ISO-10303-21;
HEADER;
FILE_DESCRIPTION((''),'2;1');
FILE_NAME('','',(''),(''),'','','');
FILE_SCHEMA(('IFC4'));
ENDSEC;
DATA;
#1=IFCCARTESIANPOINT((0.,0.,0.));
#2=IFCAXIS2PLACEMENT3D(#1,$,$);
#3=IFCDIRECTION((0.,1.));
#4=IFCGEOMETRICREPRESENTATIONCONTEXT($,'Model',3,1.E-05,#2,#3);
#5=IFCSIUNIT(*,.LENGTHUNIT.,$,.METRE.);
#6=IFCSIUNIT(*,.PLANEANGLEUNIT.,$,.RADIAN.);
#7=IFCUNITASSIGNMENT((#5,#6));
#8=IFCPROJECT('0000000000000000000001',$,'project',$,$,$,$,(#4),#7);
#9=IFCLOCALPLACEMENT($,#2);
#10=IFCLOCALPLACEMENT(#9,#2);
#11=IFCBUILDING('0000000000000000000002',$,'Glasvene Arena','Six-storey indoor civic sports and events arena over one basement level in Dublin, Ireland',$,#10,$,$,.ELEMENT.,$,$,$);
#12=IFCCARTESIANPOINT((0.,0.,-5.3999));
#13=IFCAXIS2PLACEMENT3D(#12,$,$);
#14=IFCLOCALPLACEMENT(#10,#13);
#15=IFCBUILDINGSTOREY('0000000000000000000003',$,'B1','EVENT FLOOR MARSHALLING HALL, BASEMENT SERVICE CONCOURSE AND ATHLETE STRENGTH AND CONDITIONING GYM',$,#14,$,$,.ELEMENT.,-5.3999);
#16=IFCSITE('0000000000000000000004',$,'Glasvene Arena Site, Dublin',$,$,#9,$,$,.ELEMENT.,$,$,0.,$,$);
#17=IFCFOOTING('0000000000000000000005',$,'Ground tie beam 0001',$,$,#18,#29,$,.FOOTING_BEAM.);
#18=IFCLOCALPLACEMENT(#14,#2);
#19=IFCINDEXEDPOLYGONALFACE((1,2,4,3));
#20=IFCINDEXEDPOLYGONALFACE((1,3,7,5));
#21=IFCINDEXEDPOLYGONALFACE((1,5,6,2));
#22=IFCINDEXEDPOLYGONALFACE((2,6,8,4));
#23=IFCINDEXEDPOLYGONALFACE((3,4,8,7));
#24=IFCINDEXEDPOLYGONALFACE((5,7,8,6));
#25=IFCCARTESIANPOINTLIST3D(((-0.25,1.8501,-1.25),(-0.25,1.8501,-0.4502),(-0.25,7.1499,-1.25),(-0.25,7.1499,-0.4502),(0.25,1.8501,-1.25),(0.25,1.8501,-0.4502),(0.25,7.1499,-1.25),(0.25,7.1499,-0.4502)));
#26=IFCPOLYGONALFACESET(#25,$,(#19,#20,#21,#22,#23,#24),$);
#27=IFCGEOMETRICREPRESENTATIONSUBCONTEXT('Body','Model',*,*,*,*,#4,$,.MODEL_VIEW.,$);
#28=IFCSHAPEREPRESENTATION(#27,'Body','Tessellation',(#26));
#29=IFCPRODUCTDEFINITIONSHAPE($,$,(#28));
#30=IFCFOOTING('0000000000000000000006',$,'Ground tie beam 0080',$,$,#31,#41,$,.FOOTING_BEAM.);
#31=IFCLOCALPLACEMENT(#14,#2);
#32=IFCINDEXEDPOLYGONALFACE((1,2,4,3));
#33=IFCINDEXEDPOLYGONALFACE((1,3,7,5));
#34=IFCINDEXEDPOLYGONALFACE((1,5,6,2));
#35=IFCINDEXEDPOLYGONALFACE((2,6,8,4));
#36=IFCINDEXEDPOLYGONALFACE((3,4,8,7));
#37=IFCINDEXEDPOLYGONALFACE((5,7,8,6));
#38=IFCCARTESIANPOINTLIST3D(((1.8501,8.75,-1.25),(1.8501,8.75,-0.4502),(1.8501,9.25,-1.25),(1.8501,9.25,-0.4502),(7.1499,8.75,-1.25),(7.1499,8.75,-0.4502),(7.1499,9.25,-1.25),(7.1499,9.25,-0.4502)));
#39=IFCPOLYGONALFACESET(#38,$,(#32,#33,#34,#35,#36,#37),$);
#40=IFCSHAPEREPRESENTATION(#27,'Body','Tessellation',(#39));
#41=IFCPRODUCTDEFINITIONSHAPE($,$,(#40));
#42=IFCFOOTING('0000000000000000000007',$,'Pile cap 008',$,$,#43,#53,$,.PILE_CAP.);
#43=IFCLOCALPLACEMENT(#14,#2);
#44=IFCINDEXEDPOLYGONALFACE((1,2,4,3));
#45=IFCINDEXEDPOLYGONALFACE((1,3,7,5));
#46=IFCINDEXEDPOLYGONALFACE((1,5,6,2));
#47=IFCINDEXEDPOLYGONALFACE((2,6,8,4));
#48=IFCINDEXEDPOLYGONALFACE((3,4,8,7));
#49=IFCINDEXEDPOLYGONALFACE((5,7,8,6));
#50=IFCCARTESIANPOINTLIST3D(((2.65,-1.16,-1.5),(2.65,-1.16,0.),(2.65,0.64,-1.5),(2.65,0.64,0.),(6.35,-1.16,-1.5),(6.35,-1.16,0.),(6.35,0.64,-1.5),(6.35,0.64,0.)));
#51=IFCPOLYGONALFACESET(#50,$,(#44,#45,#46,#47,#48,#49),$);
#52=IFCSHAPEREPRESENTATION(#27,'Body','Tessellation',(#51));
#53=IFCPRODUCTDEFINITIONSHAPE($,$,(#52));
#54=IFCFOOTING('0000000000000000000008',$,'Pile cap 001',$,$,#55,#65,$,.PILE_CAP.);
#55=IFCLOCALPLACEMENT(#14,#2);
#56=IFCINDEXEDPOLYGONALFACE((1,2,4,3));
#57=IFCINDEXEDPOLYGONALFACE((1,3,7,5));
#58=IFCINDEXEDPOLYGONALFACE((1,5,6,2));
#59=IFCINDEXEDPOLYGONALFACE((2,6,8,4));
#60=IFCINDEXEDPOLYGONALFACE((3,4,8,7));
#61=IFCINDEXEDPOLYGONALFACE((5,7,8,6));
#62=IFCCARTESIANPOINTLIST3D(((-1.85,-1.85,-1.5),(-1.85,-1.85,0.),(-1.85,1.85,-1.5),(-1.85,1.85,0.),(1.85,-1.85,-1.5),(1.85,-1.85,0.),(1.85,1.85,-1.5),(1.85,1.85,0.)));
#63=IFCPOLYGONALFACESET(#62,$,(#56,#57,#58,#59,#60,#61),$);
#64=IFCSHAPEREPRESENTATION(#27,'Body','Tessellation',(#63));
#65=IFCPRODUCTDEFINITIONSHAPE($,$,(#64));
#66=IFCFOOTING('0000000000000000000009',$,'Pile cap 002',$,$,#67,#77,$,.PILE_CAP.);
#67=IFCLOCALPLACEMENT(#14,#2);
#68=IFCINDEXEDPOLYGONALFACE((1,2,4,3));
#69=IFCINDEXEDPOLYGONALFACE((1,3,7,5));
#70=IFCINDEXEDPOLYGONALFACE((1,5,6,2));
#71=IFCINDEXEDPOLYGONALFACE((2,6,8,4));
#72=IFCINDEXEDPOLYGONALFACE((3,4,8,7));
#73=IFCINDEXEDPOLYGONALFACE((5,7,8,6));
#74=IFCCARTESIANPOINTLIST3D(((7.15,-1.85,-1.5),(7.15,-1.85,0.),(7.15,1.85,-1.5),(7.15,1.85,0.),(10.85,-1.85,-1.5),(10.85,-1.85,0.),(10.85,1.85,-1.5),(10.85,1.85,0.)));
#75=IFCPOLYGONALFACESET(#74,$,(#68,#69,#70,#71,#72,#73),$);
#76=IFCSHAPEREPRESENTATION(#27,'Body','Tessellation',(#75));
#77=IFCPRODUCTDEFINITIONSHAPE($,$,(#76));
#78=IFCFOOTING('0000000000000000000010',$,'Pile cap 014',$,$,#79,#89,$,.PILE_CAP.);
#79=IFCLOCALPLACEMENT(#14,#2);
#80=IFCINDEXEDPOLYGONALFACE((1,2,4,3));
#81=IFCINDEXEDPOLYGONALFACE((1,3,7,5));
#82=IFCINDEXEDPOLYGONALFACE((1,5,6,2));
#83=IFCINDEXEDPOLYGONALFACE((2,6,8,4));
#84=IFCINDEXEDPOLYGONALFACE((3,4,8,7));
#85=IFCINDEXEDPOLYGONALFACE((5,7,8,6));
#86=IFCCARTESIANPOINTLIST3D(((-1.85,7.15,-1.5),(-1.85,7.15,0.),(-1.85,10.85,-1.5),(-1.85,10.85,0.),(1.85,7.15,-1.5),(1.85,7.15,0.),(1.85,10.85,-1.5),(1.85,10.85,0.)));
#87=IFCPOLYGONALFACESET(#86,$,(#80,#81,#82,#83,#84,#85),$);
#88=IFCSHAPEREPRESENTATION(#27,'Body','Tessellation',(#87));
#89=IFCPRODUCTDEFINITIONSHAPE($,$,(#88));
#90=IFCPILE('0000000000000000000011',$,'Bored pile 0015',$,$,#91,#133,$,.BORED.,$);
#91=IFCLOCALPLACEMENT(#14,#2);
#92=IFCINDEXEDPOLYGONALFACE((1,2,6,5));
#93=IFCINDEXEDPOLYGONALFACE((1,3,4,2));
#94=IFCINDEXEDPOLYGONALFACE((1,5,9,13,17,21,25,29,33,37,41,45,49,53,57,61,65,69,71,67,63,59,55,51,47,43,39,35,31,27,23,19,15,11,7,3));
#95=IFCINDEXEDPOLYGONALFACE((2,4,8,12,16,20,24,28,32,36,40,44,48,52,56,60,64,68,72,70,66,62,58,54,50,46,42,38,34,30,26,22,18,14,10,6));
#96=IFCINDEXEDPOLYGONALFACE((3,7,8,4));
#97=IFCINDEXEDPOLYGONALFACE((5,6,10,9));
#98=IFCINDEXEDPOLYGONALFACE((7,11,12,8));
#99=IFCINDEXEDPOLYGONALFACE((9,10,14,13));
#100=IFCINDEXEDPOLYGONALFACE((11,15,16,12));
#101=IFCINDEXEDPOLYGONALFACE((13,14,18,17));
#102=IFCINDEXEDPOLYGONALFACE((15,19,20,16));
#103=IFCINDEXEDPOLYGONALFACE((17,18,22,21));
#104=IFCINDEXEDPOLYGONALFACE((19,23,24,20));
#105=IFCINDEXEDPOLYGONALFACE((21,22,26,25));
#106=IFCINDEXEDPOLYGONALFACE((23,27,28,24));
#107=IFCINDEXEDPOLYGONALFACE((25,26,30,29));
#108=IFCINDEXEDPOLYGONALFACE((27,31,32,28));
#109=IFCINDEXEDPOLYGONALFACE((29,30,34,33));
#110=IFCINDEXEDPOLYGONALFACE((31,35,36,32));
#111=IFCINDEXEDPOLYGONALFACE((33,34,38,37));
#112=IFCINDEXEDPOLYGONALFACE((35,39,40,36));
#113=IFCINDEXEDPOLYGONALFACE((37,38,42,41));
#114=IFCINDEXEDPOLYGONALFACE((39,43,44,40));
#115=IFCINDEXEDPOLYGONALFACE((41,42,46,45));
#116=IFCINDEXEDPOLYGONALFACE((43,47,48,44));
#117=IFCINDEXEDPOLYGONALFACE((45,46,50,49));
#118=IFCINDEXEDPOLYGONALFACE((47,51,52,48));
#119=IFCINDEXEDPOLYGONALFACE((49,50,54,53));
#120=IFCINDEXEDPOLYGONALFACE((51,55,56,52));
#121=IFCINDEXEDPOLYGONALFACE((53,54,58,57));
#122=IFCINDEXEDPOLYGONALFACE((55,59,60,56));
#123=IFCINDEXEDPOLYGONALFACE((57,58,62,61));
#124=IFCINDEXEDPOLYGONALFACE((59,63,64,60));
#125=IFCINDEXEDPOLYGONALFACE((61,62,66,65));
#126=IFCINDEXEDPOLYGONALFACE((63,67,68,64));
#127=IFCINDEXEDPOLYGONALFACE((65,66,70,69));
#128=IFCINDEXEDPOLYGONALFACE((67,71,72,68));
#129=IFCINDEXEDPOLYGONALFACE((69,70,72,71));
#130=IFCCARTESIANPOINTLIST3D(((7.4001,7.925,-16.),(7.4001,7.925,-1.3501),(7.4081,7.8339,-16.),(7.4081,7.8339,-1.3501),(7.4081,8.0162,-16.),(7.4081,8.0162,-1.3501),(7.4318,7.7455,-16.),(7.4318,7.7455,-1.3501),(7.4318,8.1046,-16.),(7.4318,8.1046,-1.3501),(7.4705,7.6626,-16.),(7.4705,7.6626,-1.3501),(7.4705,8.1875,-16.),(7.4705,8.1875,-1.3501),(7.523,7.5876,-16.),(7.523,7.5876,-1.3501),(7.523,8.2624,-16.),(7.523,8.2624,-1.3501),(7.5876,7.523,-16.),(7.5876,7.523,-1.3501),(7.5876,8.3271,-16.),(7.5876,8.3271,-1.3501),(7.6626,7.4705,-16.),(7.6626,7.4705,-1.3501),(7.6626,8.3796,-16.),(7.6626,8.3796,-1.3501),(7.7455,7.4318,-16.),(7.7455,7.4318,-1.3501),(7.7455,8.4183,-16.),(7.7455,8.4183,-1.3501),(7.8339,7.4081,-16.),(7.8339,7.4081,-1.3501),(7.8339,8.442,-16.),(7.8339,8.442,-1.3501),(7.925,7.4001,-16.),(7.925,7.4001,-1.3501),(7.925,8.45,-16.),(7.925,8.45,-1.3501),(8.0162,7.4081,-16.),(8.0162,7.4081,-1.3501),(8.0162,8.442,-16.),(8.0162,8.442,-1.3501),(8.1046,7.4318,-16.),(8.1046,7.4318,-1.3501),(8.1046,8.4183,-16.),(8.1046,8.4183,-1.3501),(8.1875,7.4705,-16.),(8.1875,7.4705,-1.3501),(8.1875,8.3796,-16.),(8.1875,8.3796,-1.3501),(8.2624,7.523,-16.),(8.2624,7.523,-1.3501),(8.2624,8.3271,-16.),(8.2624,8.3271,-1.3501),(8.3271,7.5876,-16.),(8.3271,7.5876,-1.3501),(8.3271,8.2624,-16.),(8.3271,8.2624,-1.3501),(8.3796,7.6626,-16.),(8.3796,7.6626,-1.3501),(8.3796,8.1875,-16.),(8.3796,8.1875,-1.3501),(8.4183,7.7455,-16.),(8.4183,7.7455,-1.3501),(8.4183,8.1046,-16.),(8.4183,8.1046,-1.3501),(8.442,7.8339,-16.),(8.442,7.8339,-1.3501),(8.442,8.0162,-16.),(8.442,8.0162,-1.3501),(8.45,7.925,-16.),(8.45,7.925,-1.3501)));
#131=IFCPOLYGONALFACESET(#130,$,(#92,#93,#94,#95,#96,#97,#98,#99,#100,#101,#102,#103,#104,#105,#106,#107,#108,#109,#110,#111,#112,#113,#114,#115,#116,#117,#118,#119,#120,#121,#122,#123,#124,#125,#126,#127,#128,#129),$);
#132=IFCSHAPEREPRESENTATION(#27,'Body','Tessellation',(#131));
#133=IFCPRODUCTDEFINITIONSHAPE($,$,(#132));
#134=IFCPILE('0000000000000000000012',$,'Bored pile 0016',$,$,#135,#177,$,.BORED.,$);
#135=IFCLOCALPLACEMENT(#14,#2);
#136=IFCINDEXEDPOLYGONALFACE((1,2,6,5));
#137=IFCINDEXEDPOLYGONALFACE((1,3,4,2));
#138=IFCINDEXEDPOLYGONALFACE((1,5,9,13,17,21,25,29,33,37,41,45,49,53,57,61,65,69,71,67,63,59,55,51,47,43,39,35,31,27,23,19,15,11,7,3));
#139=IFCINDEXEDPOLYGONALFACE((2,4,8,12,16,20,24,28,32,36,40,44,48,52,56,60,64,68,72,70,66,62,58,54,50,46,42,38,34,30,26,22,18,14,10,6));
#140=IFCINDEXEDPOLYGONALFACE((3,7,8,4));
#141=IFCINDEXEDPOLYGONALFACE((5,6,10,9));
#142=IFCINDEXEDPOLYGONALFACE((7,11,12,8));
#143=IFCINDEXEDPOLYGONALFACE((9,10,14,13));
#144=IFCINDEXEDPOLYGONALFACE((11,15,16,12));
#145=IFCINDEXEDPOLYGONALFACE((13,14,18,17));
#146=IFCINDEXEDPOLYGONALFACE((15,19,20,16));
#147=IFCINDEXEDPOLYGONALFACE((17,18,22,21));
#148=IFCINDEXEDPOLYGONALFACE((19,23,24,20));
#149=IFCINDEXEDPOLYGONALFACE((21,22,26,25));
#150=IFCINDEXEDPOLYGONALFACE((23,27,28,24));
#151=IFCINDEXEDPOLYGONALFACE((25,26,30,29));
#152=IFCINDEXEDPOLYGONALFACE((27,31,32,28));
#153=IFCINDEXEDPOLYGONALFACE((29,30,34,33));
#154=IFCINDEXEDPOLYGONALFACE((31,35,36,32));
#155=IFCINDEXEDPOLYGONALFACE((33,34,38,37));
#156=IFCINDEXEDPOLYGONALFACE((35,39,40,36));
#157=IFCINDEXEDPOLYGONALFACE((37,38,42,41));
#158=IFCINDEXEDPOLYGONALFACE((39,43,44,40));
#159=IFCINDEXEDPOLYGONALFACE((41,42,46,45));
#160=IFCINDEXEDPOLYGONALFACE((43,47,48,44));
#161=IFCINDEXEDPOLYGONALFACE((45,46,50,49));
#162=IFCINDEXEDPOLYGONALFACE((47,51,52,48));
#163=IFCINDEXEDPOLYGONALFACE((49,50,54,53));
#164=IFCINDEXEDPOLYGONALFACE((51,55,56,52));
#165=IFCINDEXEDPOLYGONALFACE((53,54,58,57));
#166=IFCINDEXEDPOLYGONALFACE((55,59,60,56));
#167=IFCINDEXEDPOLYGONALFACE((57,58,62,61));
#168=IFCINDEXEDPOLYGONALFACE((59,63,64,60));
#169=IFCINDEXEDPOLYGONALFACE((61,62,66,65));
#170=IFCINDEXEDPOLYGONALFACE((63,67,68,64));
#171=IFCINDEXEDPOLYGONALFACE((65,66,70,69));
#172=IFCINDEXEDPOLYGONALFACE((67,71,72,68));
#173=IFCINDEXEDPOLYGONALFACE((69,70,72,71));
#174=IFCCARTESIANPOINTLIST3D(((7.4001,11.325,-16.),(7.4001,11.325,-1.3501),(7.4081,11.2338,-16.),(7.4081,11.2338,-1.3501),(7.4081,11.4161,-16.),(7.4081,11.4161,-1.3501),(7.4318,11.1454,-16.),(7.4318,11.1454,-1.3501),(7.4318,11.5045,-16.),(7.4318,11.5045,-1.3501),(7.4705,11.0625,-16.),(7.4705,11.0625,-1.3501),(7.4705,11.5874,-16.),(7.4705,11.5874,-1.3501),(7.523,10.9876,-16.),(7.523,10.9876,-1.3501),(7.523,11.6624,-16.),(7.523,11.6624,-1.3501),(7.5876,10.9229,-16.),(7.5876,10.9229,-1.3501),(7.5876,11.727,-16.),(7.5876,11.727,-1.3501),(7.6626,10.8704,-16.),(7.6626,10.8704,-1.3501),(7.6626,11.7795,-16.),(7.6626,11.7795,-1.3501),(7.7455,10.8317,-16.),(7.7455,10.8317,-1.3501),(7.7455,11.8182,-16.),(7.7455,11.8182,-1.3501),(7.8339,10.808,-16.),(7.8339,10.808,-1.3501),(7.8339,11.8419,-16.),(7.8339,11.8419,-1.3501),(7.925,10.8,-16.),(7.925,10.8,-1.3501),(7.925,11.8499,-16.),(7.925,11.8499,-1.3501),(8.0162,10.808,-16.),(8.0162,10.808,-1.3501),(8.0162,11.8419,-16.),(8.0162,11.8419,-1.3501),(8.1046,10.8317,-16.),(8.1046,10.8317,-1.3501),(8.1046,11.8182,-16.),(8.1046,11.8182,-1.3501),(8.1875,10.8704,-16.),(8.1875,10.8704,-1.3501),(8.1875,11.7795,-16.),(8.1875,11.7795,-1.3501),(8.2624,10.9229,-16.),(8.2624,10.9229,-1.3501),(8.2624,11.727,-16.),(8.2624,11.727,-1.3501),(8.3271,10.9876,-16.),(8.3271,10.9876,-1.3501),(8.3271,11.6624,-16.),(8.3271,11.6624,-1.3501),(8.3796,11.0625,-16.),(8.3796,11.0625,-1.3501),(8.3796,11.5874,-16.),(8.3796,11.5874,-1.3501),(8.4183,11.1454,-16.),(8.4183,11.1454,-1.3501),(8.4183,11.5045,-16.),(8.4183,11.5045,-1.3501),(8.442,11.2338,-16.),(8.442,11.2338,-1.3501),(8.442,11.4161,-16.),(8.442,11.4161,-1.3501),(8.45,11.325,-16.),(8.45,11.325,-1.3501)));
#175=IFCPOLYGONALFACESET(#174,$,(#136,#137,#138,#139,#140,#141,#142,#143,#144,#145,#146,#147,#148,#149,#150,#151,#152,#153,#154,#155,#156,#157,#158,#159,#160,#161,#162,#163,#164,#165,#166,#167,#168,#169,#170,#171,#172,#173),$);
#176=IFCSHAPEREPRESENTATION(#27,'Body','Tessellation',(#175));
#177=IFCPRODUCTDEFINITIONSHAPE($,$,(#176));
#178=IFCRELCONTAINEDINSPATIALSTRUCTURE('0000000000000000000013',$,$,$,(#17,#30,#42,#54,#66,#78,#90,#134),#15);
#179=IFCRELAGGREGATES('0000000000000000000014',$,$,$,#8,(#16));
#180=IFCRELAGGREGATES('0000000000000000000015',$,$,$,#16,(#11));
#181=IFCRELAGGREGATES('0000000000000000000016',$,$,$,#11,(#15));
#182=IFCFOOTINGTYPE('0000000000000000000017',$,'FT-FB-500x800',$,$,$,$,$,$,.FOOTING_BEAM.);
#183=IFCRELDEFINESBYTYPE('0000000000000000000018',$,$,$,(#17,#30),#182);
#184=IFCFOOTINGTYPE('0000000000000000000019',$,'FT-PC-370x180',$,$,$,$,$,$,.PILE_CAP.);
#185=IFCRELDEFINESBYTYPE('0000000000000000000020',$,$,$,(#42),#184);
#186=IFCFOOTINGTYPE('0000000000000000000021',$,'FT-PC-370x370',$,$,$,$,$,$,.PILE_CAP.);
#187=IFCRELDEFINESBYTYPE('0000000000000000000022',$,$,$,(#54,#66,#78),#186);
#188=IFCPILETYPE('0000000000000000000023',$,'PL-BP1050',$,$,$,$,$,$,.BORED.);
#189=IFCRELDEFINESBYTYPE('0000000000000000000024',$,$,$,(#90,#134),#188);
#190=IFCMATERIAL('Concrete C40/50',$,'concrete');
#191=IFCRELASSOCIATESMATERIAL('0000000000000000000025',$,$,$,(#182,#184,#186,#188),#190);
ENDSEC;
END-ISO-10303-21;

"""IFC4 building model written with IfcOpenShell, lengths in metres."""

from ifc_helpers import new_model, si_unit, direction, frame, origin, origin_2d, place, context, subcontext, project, spatial, polyline, rectangle, circle, outline, extrude, material, material_profile, profile_set, type_object, element, save


model = new_model("IFC4")

# Units and contexts
model_context = context("Model", 3, precision=1e-05, world=origin(), true_north=direction((0.0, 1.0)))
body_context = subcontext(model_context, "Body", "Model", "MODEL_VIEW")
ifc_project = project(units=[si_unit("LENGTHUNIT", "METRE"), si_unit("PLANEANGLEUNIT", "RADIAN")], contexts=[model_context])

# Site, building, storey
site_placement = place(None, origin())
site = spatial("IfcSite", under=ifc_project, at=site_placement, Name="Glasvene Arena Site, Dublin", CompositionType="ELEMENT", RefElevation=0.0)
building_placement = place(site_placement, origin())
building = spatial("IfcBuilding", under=site, at=building_placement, Name="Glasvene Arena", Description="Six-storey indoor civic sports and events arena over one basement level in Dublin, Ireland", CompositionType="ELEMENT")
storey_placement = place(building_placement, frame((0.0, 0.0, -5.3999)))
storey = spatial("IfcBuildingStorey", under=building, at=storey_placement, Name="B1", Description="EVENT FLOOR MARSHALLING HALL, BASEMENT SERVICE CONCOURSE AND ATHLETE STRENGTH AND CONDITIONING GYM", CompositionType="ELEMENT", Elevation=-5.3999)

# Footings
ifc_material_1 = material(Name="Concrete C40/50", Category="concrete")
footing_type_1 = type_object("IfcFootingType", Name="FT-FB-500x800", PredefinedType="FOOTING_BEAM", material=ifc_material_1)
footing_1_placement = place(storey_placement, frame((0.0, 4.5, -1.25)))
element("IfcFooting", 1, at=footing_1_placement, inside=storey, type_object=footing_type_1, Name="Ground tie beam 0001", PredefinedType="FOOTING_BEAM", context=body_context, shape_type="SweptSolid", body=[
    extrude(outline(polyline([(-0.25, -2.6499), (0.25, -2.6499), (0.25, 2.6499), (-0.25, 2.6499), (-0.25, -2.6499)])), origin(), (0.0, 0.0, 1.0), 0.7998),
])
footing_2_placement = place(storey_placement, frame((4.5, 9.0, -1.25)))
element("IfcFooting", 2, at=footing_2_placement, inside=storey, type_object=footing_type_1, Name="Ground tie beam 0080", PredefinedType="FOOTING_BEAM", context=body_context, shape_type="SweptSolid", body=[
    extrude(outline(polyline([(-2.6499, -0.25), (2.6499, -0.25), (2.6499, 0.25), (-2.6499, 0.25), (-2.6499, -0.25)])), origin(), (0.0, 0.0, 1.0), 0.7998),
])
footing_type_2 = type_object("IfcFootingType", Name="FT-PC-370x180", PredefinedType="PILE_CAP", material=ifc_material_1)
footing_3_placement = place(storey_placement, frame((4.5, -0.26, -1.5), z_axis=(0.0, 0.0, 1.0), x_axis=(1.0, 0.0, 0.0)))
element("IfcFooting", 3, at=footing_3_placement, inside=storey, type_object=footing_type_2, Name="Pile cap 008", PredefinedType="PILE_CAP", context=body_context, shape_type="SweptSolid", body=[
    extrude(rectangle(XDim=3.7, YDim=1.8, at=origin_2d()), origin(), (0.0, 0.0, 1.0), 1.5),
])
footing_type_3 = type_object("IfcFootingType", Name="FT-PC-370x370", PredefinedType="PILE_CAP", material=ifc_material_1)
for number, where, z_axis, x_axis, name in (
    (4, (0.0, 0.0, -1.5), (0.0, 0.0, 1.0), (1.0, 0.0, 0.0), "Pile cap 001"),
    (5, (9.0, 0.0, -1.5), (0.0, 0.0, 1.0), (1.0, 0.0, 0.0), "Pile cap 002"),
    (6, (0.0, 9.0, -1.5), (0.0, 0.0, 1.0), (1.0, 0.0, 0.0), "Pile cap 014"),
):
    element("IfcFooting", number, at=place(storey_placement, frame(where, z_axis=z_axis, x_axis=x_axis)), inside=storey, type_object=footing_type_3, Name=name, PredefinedType="PILE_CAP", context=body_context, shape_type="SweptSolid", body=[
        extrude(rectangle(XDim=3.7, YDim=3.7, at=origin_2d()), origin(), (0.0, 0.0, 1.0), 1.5),
    ])

# Piles
ifc_material_profile_1 = material_profile(ifc_material_1, circle(Radius=0.5249, at=origin_2d()), Name="BORED PILE 1050")
ifc_profile_set_1 = profile_set([ifc_material_profile_1], Name="Concrete C40/50")
pile_type_1 = type_object("IfcPileType", Name="PL-BP1050", PredefinedType="BORED", material=ifc_profile_set_1)
for number, where, z_axis, x_axis, name in (
    (7, (7.925, 7.925, -1.3501), (0.0, 0.0, -1.0), (1.0, 0.0, 0.0), "Bored pile 0015"),
    (8, (7.925, 11.325, -1.3501), (0.0, 0.0, -1.0), (1.0, 0.0, 0.0), "Bored pile 0016"),
):
    element("IfcPile", number, at=place(storey_placement, frame(where, z_axis=z_axis, x_axis=x_axis)), inside=storey, type_object=pile_type_1, Name=name, PredefinedType="BORED", context=body_context, shape_type="SweptSolid", body=[
        extrude(circle(Radius=0.5249, at=origin_2d()), origin(), (0.0, 0.0, 1.0), 14.6499),
    ])

save(model, "model.ifc")
